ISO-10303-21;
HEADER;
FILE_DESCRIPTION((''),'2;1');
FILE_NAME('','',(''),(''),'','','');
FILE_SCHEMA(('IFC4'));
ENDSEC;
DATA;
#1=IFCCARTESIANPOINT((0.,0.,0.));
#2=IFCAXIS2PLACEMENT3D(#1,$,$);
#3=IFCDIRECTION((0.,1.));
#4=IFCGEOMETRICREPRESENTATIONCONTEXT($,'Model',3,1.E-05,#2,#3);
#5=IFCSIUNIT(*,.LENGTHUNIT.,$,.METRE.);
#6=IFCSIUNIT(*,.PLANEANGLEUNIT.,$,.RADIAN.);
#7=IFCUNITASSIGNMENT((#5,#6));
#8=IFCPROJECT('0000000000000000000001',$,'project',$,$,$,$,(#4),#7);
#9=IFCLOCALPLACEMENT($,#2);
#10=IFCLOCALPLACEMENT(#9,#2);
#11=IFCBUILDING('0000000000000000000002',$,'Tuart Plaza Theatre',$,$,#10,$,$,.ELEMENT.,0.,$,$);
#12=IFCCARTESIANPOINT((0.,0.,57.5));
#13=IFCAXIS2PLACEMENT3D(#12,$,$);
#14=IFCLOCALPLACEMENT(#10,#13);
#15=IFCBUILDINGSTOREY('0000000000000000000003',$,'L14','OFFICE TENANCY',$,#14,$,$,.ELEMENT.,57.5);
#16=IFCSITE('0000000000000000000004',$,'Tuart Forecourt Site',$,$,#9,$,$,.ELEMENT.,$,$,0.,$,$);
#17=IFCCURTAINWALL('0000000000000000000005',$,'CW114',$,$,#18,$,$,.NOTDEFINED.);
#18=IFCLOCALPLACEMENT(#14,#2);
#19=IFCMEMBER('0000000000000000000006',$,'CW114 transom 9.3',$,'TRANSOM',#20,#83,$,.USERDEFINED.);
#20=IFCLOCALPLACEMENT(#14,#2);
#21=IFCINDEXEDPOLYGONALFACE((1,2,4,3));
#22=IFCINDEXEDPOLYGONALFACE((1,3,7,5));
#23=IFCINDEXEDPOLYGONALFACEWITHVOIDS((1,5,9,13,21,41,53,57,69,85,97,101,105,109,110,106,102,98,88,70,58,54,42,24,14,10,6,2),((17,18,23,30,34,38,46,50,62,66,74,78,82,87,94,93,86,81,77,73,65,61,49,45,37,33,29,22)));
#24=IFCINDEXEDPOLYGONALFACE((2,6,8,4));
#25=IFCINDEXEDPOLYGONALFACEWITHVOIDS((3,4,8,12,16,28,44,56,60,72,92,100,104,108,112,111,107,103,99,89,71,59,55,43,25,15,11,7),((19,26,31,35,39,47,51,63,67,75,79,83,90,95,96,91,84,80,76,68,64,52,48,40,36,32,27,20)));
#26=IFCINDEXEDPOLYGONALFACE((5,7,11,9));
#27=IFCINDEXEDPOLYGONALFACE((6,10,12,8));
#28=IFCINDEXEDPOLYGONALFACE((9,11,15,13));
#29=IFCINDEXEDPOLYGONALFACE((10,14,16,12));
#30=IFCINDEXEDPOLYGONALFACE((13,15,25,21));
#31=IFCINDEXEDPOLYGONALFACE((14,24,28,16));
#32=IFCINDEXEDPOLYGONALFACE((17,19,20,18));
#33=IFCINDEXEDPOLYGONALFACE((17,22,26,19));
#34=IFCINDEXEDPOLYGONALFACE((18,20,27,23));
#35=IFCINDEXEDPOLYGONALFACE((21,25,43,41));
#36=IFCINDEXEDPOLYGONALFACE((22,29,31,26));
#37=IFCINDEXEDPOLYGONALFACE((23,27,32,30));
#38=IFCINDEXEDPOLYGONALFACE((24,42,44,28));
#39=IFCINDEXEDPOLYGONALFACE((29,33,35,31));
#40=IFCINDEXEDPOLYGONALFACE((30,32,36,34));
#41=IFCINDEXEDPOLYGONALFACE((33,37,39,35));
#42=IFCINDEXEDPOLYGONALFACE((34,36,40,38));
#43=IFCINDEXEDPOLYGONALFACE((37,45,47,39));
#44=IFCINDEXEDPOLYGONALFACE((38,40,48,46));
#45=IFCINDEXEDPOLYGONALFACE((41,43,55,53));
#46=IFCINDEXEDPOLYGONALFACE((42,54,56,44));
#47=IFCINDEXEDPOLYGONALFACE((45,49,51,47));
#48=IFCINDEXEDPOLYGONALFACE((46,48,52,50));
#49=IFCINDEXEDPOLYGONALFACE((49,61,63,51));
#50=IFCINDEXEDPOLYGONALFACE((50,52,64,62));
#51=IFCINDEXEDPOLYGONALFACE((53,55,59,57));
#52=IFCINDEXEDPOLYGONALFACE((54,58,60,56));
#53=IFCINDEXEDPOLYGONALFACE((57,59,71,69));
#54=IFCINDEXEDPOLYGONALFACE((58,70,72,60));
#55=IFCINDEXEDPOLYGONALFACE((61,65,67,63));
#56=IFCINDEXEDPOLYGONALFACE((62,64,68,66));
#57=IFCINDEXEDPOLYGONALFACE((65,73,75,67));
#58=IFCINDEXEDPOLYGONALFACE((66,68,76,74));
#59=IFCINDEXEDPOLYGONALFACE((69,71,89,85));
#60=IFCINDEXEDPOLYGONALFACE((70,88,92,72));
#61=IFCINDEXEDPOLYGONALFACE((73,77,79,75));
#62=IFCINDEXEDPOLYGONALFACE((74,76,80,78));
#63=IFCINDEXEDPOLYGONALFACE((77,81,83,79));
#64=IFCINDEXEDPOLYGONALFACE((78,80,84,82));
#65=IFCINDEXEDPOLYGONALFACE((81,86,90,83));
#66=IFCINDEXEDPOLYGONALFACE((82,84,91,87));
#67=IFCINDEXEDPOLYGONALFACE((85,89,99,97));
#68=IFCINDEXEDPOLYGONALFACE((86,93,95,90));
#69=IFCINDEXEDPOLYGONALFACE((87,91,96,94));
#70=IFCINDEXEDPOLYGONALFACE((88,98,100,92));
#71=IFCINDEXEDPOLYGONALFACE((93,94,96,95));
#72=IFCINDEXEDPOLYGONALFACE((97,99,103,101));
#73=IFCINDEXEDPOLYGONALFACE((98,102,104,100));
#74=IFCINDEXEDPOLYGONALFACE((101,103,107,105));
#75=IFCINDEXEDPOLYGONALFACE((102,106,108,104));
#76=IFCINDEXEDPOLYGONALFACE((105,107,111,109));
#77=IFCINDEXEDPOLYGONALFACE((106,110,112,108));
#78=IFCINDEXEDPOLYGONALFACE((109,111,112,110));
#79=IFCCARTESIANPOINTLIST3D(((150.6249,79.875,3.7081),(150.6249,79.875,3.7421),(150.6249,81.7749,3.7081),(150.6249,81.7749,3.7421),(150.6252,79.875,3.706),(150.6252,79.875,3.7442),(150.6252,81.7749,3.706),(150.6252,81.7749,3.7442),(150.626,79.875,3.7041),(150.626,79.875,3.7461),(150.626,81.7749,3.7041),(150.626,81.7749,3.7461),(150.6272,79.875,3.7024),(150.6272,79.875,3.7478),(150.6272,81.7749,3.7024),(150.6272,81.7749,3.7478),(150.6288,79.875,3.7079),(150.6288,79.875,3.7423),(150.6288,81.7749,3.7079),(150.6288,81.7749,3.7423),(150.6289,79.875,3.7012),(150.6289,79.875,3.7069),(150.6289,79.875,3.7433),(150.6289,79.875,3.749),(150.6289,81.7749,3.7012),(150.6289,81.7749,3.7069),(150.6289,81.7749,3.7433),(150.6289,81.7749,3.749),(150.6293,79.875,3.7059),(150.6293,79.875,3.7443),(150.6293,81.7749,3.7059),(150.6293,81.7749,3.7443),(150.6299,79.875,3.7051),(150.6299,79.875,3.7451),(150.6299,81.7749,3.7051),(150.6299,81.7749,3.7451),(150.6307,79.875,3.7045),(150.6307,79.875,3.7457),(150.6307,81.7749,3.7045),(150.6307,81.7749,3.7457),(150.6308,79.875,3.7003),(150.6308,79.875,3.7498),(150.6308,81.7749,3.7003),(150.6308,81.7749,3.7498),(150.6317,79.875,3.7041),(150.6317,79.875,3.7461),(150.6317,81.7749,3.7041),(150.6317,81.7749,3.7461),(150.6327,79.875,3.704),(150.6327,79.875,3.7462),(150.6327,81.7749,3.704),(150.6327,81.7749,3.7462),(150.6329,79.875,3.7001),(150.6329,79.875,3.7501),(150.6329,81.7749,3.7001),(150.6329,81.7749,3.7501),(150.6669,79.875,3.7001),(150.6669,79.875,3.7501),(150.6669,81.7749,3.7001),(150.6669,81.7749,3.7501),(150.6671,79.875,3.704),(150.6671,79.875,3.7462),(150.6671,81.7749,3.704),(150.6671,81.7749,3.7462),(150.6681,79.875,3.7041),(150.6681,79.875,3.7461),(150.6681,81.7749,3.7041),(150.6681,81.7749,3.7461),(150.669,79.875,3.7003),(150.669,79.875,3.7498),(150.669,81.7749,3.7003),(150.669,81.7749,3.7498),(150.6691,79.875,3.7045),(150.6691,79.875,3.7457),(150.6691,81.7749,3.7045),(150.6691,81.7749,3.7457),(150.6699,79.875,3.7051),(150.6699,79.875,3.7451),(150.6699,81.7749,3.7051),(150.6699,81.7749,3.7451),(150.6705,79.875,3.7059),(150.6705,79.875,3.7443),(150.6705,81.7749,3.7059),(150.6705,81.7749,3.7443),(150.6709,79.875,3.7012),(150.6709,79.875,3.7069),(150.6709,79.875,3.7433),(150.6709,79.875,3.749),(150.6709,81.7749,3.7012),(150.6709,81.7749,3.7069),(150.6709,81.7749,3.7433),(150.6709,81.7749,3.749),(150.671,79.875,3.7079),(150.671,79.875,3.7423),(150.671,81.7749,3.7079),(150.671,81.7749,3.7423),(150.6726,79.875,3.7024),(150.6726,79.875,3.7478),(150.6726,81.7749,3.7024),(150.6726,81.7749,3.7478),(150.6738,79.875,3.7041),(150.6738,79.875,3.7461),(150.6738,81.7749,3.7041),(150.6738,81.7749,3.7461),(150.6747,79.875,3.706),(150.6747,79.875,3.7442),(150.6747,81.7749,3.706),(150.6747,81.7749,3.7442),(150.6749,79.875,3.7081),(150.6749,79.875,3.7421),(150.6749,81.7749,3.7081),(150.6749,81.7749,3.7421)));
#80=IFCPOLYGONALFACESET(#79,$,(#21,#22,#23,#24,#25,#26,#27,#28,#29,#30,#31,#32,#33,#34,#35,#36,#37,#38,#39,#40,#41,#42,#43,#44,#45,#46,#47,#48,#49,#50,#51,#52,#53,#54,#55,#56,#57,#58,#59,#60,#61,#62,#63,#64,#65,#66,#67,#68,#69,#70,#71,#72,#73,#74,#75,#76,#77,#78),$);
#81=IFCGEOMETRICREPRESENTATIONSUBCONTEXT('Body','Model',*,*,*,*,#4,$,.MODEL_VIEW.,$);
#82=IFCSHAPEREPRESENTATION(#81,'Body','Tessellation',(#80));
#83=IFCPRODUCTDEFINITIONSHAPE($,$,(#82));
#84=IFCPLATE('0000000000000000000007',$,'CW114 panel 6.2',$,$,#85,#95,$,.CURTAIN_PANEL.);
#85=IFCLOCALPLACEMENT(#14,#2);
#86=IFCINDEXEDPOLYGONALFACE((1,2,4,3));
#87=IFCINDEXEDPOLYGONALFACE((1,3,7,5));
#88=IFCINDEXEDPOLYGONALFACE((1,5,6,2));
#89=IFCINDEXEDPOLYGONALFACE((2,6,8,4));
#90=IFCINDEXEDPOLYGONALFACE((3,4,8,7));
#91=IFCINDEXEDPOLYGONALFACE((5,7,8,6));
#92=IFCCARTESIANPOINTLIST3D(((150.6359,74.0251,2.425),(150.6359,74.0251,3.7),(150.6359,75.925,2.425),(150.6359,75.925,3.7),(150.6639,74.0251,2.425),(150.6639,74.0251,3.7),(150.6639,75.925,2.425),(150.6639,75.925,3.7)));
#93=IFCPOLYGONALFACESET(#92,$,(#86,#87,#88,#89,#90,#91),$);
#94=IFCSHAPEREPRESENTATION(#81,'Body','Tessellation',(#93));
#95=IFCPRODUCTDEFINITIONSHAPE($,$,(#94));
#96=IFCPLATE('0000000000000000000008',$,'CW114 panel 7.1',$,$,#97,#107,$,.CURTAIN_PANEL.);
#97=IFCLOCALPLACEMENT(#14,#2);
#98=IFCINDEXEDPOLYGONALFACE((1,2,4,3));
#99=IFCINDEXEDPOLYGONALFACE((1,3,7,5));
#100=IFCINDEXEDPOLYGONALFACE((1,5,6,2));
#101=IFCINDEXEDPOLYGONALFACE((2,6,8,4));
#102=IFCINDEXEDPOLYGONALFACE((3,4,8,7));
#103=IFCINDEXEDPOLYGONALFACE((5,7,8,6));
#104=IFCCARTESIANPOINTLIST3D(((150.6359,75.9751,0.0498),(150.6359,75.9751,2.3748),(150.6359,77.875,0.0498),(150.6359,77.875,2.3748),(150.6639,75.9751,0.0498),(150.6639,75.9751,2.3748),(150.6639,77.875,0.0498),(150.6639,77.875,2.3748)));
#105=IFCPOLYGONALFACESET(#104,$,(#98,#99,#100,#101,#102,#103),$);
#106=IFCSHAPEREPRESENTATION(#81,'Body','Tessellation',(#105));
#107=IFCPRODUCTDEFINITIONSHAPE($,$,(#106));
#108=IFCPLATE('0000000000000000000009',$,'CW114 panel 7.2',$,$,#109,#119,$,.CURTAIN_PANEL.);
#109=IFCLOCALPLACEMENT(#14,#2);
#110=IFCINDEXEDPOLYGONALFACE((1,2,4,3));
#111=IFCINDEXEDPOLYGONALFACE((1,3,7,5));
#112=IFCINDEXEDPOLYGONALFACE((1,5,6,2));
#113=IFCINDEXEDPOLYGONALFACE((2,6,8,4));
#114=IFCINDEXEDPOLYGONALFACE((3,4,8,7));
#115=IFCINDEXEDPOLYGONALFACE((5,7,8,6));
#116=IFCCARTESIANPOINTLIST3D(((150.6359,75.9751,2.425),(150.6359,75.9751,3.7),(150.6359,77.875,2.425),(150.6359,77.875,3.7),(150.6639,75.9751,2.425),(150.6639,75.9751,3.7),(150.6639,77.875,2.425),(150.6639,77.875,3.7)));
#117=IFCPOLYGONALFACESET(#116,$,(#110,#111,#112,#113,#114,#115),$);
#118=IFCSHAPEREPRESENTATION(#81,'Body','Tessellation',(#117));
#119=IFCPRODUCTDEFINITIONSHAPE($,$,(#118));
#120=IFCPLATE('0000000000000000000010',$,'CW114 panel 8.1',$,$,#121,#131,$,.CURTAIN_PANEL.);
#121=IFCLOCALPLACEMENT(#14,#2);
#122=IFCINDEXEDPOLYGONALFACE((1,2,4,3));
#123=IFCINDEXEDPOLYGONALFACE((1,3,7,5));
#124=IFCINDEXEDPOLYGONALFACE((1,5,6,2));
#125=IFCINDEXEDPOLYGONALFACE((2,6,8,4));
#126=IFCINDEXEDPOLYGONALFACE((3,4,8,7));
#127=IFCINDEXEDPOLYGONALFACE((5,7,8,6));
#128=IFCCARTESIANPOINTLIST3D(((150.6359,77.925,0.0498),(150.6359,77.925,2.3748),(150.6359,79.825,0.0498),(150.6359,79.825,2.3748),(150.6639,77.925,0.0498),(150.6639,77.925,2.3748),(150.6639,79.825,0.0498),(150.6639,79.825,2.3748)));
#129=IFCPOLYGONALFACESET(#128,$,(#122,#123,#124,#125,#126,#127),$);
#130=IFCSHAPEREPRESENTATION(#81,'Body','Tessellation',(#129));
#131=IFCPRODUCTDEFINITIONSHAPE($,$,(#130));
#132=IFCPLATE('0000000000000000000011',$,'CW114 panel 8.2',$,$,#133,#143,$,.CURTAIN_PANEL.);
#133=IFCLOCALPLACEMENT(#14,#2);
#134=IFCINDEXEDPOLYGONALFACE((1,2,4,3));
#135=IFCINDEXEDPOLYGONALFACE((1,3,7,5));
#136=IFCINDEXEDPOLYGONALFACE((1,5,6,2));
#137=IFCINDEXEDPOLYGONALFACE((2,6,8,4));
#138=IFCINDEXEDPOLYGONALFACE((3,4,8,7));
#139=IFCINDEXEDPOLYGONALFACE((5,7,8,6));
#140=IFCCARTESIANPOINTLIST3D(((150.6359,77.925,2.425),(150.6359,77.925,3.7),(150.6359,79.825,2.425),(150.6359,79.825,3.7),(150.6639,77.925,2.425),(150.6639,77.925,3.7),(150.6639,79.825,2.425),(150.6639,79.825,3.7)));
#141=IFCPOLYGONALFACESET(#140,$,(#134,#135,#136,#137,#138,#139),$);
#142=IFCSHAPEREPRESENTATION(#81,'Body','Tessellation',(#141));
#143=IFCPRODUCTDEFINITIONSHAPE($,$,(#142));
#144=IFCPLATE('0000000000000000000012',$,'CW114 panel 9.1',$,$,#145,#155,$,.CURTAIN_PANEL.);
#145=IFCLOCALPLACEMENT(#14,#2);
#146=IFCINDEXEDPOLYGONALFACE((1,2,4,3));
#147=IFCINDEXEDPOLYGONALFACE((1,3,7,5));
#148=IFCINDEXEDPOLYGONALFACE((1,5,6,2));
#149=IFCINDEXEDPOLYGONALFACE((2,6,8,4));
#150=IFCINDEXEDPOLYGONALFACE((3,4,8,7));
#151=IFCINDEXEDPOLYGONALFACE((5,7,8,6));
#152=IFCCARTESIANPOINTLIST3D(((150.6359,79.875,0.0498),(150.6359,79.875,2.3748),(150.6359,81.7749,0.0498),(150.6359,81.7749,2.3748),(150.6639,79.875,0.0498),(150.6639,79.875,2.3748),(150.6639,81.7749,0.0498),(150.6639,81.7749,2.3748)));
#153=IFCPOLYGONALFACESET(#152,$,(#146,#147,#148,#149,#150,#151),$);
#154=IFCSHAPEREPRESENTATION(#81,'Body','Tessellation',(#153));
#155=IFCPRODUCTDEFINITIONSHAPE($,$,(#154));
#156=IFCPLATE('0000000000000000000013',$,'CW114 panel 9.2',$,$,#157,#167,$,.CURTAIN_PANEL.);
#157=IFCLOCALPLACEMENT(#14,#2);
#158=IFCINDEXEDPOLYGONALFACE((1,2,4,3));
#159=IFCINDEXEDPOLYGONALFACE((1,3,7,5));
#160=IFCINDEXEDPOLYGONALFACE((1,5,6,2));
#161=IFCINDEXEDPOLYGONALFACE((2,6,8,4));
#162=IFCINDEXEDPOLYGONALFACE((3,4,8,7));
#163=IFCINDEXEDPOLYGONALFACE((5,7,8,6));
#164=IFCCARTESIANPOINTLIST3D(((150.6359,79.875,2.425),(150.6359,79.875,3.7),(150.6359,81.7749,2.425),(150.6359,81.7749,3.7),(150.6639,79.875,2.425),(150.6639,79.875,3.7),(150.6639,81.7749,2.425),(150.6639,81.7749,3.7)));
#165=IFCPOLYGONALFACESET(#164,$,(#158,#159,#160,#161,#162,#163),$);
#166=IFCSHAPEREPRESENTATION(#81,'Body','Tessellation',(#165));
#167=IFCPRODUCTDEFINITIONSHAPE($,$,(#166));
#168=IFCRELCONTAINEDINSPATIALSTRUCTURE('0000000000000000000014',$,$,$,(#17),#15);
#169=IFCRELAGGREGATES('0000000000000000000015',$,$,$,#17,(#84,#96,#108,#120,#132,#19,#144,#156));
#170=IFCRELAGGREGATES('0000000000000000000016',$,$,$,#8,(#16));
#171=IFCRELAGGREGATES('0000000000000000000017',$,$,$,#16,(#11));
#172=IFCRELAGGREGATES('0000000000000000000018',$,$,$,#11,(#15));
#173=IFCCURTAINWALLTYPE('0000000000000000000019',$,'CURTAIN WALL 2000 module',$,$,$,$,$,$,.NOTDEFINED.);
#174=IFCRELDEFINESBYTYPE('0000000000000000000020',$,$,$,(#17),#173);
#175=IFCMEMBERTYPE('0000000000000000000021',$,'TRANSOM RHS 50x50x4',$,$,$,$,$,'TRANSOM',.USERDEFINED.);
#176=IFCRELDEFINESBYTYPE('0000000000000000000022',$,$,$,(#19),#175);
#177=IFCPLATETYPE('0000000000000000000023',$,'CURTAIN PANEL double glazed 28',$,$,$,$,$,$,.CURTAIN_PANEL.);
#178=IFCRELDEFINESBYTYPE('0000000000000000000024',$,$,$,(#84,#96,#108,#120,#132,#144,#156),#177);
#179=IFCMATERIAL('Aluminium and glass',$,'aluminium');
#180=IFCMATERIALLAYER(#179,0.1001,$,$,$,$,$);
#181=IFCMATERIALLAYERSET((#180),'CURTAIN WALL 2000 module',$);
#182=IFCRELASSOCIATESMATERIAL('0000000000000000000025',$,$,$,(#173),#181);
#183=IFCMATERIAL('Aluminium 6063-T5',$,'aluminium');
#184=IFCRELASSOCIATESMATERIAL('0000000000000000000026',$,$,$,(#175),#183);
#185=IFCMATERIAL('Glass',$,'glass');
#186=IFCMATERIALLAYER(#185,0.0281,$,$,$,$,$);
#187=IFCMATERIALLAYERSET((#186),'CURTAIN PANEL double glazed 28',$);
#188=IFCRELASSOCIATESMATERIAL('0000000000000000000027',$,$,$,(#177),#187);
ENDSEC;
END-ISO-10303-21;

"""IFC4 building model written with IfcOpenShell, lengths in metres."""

from ifc_helpers import new_model, si_unit, direction, frame, origin, origin_2d, place, context, subcontext, project, spatial, rectangle, hollow_rectangle, extrude, material, layer, layer_set, material_profile, profile_set, type_object, element, aggregate, save


model = new_model("IFC4")

# Units and contexts
model_context = context("Model", 3, precision=1e-05, world=origin(), true_north=direction((0.0, 1.0)))
body_context = subcontext(model_context, "Body", "Model", "MODEL_VIEW")
ifc_project = project(units=[si_unit("LENGTHUNIT", "METRE"), si_unit("PLANEANGLEUNIT", "RADIAN")], contexts=[model_context])

# Site, building, storey
site_placement = place(None, origin())
site = spatial("IfcSite", under=ifc_project, at=site_placement, Name="Tuart Forecourt Site", CompositionType="ELEMENT", RefElevation=0.0)
building_placement = place(site_placement, origin())
building = spatial("IfcBuilding", under=site, at=building_placement, Name="Tuart Plaza Theatre", CompositionType="ELEMENT", ElevationOfRefHeight=0.0)
storey_placement = place(building_placement, frame((0.0, 0.0, 57.5)))
storey = spatial("IfcBuildingStorey", under=building, at=storey_placement, Name="L14", Description="OFFICE TENANCY", CompositionType="ELEMENT", Elevation=57.5)

# Curtain wall, member, plates
ifc_material_1 = material(Name="Aluminium and glass", Category="aluminium")
ifc_layer_1 = layer(ifc_material_1, 0.1001)
ifc_layer_set_1 = layer_set([ifc_layer_1], Name="CURTAIN WALL 2000 module")
curtain_wall_type = type_object("IfcCurtainWallType", Name="CURTAIN WALL 2000 module", PredefinedType="NOTDEFINED", material=ifc_layer_set_1)
curtain_wall_placement = place(storey_placement, origin())
curtain_wall = element("IfcCurtainWall", 1, at=curtain_wall_placement, inside=storey, type_object=curtain_wall_type, Name="CW114", PredefinedType="NOTDEFINED")
ifc_material_2 = material(Name="Aluminium 6063-T5", Category="aluminium")
ifc_material_profile_1 = material_profile(ifc_material_2, hollow_rectangle(XDim=0.05, YDim=0.05, WallThickness=0.0039, InnerFilletRadius=0.0039, OuterFilletRadius=0.0081, at=origin_2d()), Name="RHS 50x50x4")
ifc_profile_set_1 = profile_set([ifc_material_profile_1], Name="Aluminium 6063-T5")
member_type_1 = type_object("IfcMemberType", Name="TRANSOM RHS 50x50x4", ElementType="TRANSOM", PredefinedType="USERDEFINED", material=ifc_profile_set_1)
member_1_placement = place(storey_placement, frame((150.6499, 79.875, 3.7251), z_axis=(0.0, 1.0, 0.0), x_axis=(-1.0, 0.0, 0.0)))
member_1 = element("IfcMember", 2, at=member_1_placement, type_object=member_type_1, Name="CW114 transom 9.3", ObjectType="TRANSOM", PredefinedType="USERDEFINED", context=body_context, shape_type="SweptSolid", body=[
    extrude(hollow_rectangle(XDim=0.05, YDim=0.05, WallThickness=0.0039, InnerFilletRadius=0.0039, OuterFilletRadius=0.0081, at=origin_2d()), origin(), (0.0, 0.0, 1.0), 1.8999),
])
ifc_material_3 = material(Name="Glass", Category="glass")
ifc_layer_2 = layer(ifc_material_3, 0.0281)
ifc_layer_set_2 = layer_set([ifc_layer_2], Name="CURTAIN PANEL double glazed 28")
plate_type = type_object("IfcPlateType", Name="CURTAIN PANEL double glazed 28", PredefinedType="CURTAIN_PANEL", material=ifc_layer_set_2)
plate_1_placement = place(storey_placement, frame((150.6499, 74.9751, 2.425), z_axis=(0.0, 0.0, 1.0), x_axis=(0.0, 1.0, 0.0)))
plate_1 = element("IfcPlate", 3, at=plate_1_placement, type_object=plate_type, Name="CW114 panel 6.2", PredefinedType="CURTAIN_PANEL", context=body_context, shape_type="SweptSolid", body=[
    extrude(rectangle(XDim=1.8999, YDim=0.0281, at=origin_2d()), origin(), (0.0, 0.0, 1.0), 1.2749),
])
plate_2_placement = place(storey_placement, frame((150.6499, 76.925, 0.0498), z_axis=(0.0, 0.0, 1.0), x_axis=(0.0, 1.0, 0.0)))
plate_2 = element("IfcPlate", 4, at=plate_2_placement, type_object=plate_type, Name="CW114 panel 7.1", PredefinedType="CURTAIN_PANEL", context=body_context, shape_type="SweptSolid", body=[
    extrude(rectangle(XDim=1.8999, YDim=0.0281, at=origin_2d()), origin(), (0.0, 0.0, 1.0), 2.325),
])
plate_3_placement = place(storey_placement, frame((150.6499, 76.925, 2.425), z_axis=(0.0, 0.0, 1.0), x_axis=(0.0, 1.0, 0.0)))
plate_3 = element("IfcPlate", 5, at=plate_3_placement, type_object=plate_type, Name="CW114 panel 7.2", PredefinedType="CURTAIN_PANEL", context=body_context, shape_type="SweptSolid", body=[
    extrude(rectangle(XDim=1.8999, YDim=0.0281, at=origin_2d()), origin(), (0.0, 0.0, 1.0), 1.2749),
])
plate_4_placement = place(storey_placement, frame((150.6499, 78.875, 0.0498), z_axis=(0.0, 0.0, 1.0), x_axis=(0.0, 1.0, 0.0)))
plate_4 = element("IfcPlate", 6, at=plate_4_placement, type_object=plate_type, Name="CW114 panel 8.1", PredefinedType="CURTAIN_PANEL", context=body_context, shape_type="SweptSolid", body=[
    extrude(rectangle(XDim=1.8999, YDim=0.0281, at=origin_2d()), origin(), (0.0, 0.0, 1.0), 2.325),
])
plate_5_placement = place(storey_placement, frame((150.6499, 78.875, 2.425), z_axis=(0.0, 0.0, 1.0), x_axis=(0.0, 1.0, 0.0)))
plate_5 = element("IfcPlate", 7, at=plate_5_placement, type_object=plate_type, Name="CW114 panel 8.2", PredefinedType="CURTAIN_PANEL", context=body_context, shape_type="SweptSolid", body=[
    extrude(rectangle(XDim=1.8999, YDim=0.0281, at=origin_2d()), origin(), (0.0, 0.0, 1.0), 1.2749),
])
plate_6_placement = place(storey_placement, frame((150.6499, 80.825, 0.0498), z_axis=(0.0, 0.0, 1.0), x_axis=(0.0, 1.0, 0.0)))
plate_6 = element("IfcPlate", 8, at=plate_6_placement, type_object=plate_type, Name="CW114 panel 9.1", PredefinedType="CURTAIN_PANEL", context=body_context, shape_type="SweptSolid", body=[
    extrude(rectangle(XDim=1.8999, YDim=0.0281, at=origin_2d()), origin(), (0.0, 0.0, 1.0), 2.325),
])
plate_7_placement = place(storey_placement, frame((150.6499, 80.825, 2.425), z_axis=(0.0, 0.0, 1.0), x_axis=(0.0, 1.0, 0.0)))
plate_7 = element("IfcPlate", 9, at=plate_7_placement, type_object=plate_type, Name="CW114 panel 9.2", PredefinedType="CURTAIN_PANEL", context=body_context, shape_type="SweptSolid", body=[
    extrude(rectangle(XDim=1.8999, YDim=0.0281, at=origin_2d()), origin(), (0.0, 0.0, 1.0), 1.2749),
])
aggregate(curtain_wall, [plate_1, plate_2, plate_3, plate_4, plate_5, member_1, plate_6, plate_7])

save(model, "model.ifc")
